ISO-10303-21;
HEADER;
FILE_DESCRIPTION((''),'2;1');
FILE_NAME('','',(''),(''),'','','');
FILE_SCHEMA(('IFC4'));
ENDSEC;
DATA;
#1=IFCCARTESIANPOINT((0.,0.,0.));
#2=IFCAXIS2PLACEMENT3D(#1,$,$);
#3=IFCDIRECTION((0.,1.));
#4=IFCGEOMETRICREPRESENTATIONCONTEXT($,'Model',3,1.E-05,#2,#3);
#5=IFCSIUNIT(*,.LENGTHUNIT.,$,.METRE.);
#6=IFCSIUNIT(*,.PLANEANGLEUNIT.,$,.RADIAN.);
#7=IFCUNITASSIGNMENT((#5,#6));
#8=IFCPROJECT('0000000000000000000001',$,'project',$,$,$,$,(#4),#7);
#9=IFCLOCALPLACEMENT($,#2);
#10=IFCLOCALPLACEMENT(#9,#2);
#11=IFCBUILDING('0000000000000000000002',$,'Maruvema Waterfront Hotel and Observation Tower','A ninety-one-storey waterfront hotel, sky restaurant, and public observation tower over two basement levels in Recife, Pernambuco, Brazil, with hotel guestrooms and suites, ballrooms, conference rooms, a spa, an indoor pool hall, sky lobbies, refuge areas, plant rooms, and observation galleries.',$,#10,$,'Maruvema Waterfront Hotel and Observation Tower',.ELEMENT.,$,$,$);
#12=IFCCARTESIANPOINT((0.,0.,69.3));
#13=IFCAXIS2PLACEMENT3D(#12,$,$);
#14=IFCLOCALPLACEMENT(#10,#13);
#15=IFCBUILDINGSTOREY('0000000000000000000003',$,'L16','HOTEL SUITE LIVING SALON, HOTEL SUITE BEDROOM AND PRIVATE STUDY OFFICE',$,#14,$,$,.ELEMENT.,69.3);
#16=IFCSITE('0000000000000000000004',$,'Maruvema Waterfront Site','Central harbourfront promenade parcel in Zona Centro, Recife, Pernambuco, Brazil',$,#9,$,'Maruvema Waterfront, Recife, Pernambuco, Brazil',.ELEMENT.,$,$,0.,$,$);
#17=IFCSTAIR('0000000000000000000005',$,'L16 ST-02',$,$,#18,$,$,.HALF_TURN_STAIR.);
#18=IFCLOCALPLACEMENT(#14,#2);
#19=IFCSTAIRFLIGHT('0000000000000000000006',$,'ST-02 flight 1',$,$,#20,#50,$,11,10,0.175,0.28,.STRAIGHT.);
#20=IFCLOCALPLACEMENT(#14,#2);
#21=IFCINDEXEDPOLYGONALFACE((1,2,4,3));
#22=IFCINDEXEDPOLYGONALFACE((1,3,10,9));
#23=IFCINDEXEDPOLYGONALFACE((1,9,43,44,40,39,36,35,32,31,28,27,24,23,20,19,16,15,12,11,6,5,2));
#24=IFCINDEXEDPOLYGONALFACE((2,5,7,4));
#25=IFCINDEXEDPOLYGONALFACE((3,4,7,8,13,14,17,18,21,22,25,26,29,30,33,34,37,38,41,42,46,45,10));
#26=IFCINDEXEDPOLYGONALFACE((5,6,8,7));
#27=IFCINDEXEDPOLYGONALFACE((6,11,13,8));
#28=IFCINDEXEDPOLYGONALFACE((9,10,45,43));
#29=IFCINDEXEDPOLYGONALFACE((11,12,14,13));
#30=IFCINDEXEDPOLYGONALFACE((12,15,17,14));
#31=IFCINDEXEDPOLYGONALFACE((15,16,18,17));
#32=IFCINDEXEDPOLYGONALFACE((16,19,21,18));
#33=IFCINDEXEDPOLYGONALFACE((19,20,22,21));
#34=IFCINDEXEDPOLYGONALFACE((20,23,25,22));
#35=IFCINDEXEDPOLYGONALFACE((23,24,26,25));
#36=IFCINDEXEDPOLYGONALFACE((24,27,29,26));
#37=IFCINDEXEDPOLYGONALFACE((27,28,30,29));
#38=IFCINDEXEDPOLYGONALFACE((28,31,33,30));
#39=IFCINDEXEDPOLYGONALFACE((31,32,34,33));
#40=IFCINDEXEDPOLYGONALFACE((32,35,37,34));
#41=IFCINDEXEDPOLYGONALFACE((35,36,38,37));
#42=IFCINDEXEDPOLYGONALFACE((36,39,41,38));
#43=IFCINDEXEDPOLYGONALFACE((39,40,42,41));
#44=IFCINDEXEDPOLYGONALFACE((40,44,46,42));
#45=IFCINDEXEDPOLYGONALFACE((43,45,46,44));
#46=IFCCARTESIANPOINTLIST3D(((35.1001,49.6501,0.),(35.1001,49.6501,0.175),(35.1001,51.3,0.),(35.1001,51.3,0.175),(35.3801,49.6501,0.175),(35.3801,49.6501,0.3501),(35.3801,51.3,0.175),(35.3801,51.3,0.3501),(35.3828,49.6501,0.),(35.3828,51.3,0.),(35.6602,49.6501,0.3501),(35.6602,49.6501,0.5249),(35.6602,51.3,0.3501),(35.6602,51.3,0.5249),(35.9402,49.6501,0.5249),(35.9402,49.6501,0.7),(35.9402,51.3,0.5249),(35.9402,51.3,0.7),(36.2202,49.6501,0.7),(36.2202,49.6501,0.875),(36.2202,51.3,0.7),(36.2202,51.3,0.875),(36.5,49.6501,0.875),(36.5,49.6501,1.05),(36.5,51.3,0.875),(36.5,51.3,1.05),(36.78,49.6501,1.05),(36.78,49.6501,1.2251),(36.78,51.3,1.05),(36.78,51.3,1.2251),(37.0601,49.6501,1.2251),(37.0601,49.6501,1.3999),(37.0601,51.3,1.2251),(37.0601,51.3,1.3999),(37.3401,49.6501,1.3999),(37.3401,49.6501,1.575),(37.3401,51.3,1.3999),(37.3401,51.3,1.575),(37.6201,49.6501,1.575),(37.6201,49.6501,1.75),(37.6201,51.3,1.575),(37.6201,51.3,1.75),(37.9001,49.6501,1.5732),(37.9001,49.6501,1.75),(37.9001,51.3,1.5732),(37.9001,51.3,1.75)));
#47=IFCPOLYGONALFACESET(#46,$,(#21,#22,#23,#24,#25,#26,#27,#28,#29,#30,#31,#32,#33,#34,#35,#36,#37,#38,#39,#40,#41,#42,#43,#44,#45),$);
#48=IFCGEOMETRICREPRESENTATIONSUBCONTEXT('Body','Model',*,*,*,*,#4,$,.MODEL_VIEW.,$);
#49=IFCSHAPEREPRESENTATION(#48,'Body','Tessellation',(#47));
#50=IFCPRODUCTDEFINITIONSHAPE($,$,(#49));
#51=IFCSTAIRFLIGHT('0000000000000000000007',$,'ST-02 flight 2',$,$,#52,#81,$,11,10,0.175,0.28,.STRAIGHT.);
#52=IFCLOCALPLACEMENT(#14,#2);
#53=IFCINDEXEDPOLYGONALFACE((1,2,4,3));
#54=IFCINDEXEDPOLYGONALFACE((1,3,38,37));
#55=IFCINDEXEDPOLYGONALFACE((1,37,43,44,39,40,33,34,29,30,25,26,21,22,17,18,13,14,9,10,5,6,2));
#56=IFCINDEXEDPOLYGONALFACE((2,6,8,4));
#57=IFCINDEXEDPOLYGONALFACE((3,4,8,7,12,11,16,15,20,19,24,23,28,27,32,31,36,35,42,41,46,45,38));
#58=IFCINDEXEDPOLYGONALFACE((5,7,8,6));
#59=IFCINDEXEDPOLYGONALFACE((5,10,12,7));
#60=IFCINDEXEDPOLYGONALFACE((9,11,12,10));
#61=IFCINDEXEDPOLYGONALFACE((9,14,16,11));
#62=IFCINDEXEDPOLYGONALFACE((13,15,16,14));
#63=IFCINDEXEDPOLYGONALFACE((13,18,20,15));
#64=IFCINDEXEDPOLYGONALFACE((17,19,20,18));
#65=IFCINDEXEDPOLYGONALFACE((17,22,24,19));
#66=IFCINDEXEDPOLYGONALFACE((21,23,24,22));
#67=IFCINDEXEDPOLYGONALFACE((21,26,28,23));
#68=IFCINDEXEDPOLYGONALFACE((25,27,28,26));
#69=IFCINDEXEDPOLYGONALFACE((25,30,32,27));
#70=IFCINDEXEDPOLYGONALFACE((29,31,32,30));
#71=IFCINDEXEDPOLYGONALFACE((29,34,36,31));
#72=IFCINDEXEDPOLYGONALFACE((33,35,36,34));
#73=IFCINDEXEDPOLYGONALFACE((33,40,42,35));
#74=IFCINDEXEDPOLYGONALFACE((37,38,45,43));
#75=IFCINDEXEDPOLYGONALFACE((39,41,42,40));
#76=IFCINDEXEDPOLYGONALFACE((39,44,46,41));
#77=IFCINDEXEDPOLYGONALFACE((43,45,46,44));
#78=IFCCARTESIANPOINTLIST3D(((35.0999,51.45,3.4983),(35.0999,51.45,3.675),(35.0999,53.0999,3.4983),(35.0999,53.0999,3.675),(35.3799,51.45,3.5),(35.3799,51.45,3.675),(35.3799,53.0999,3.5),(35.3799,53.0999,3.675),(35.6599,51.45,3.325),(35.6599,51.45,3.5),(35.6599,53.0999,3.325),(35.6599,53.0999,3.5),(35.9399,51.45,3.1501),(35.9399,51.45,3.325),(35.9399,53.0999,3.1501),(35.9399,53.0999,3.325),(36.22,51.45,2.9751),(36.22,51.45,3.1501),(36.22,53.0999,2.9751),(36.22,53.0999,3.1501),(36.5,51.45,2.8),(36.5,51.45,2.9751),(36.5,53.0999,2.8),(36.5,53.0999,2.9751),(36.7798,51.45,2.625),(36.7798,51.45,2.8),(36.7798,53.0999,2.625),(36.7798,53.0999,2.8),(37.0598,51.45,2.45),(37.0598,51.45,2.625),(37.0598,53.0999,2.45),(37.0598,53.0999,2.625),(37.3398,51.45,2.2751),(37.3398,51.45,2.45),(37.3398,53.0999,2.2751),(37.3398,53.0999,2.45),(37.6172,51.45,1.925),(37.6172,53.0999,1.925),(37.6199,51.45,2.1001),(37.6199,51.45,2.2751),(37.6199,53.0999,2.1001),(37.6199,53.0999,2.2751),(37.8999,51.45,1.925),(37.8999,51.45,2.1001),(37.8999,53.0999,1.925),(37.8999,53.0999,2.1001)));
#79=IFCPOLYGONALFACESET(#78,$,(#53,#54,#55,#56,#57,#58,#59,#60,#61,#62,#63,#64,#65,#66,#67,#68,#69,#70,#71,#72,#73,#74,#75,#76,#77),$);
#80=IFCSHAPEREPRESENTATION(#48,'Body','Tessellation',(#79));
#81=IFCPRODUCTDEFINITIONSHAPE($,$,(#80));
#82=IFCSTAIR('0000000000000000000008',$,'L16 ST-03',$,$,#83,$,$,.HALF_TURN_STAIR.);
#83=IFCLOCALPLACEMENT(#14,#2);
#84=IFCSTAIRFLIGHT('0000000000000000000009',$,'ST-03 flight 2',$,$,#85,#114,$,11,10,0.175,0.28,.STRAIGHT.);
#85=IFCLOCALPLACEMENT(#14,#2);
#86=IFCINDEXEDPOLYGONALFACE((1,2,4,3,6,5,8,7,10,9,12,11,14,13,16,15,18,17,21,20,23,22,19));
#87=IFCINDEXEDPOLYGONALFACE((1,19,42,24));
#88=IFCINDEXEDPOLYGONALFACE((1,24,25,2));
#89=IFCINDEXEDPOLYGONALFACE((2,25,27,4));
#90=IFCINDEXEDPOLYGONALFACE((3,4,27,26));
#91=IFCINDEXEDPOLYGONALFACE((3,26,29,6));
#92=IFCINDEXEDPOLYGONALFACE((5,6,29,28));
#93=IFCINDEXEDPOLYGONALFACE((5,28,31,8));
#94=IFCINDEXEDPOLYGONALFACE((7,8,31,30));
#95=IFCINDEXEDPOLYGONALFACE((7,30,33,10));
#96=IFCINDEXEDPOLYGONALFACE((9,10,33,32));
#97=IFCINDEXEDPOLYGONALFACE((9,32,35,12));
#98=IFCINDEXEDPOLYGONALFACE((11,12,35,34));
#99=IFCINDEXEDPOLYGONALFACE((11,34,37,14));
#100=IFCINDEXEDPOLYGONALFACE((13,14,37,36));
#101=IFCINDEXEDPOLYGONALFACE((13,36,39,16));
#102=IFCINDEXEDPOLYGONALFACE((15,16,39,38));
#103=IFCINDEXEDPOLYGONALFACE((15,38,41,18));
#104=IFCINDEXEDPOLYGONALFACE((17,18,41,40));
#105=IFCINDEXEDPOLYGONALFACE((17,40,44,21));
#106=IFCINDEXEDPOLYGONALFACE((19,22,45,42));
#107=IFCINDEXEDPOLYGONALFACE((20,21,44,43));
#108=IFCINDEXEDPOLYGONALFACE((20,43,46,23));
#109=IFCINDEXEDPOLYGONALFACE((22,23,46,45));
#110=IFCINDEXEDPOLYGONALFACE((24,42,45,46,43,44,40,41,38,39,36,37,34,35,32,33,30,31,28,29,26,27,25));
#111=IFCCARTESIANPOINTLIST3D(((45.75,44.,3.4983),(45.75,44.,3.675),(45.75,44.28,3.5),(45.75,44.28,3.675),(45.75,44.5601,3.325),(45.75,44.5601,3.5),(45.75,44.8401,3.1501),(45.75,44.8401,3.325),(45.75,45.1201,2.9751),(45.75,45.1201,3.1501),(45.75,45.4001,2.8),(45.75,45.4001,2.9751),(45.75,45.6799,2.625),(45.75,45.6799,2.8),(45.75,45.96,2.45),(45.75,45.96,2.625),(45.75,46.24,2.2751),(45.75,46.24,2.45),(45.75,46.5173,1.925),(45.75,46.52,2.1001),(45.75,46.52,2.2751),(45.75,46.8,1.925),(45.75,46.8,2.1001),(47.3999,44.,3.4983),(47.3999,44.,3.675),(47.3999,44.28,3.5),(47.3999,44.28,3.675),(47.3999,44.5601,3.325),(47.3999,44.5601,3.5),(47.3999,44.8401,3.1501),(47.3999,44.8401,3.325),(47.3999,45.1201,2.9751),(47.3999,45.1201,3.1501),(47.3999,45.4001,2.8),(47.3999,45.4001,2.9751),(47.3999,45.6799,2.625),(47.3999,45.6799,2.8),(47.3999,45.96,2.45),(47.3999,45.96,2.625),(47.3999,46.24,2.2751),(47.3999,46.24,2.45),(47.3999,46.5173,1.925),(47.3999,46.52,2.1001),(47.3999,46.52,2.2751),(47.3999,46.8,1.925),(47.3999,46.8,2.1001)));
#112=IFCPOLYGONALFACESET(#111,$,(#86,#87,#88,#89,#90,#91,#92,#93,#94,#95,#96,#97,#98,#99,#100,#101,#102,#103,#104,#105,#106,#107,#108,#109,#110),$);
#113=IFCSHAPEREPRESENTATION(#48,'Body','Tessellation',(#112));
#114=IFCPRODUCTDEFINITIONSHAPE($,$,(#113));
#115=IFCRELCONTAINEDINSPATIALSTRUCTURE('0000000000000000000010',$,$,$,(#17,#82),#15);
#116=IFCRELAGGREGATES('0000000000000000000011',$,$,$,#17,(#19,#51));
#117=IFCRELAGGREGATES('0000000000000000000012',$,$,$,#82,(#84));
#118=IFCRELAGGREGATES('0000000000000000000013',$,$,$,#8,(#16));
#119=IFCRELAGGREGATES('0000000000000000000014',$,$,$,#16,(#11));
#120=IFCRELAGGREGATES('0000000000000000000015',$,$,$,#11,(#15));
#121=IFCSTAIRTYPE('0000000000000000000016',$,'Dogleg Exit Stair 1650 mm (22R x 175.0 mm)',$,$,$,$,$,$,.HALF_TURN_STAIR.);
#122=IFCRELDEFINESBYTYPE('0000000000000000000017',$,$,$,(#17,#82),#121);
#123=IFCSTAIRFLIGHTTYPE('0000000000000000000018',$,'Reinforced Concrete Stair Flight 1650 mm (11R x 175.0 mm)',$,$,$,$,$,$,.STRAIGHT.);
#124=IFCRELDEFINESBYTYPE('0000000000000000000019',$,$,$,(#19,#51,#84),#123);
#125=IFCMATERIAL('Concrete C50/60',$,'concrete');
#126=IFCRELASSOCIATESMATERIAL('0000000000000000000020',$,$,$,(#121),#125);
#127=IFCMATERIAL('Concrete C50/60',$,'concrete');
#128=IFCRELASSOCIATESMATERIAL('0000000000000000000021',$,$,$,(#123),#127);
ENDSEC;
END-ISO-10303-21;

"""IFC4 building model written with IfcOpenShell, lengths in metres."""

from ifc_helpers import new_model, si_unit, direction, frame, origin, place, context, subcontext, project, spatial, polyline, outline, extrude, material, type_object, element, aggregate, save


model = new_model("IFC4")

# Units and contexts
model_context = context("Model", 3, precision=1e-05, world=origin(), true_north=direction((0.0, 1.0)))
body_context = subcontext(model_context, "Body", "Model", "MODEL_VIEW")
ifc_project = project(units=[si_unit("LENGTHUNIT", "METRE"), si_unit("PLANEANGLEUNIT", "RADIAN")], contexts=[model_context])

# Site, building, storey
site_placement = place(None, origin())
site = spatial("IfcSite", under=ifc_project, at=site_placement, Name="Maruvema Waterfront Site", Description="Central harbourfront promenade parcel in Zona Centro, Recife, Pernambuco, Brazil", LongName="Maruvema Waterfront, Recife, Pernambuco, Brazil", CompositionType="ELEMENT", RefElevation=0.0)
building_placement = place(site_placement, origin())
building = spatial("IfcBuilding", under=site, at=building_placement, Name="Maruvema Waterfront Hotel and Observation Tower", Description="A ninety-one-storey waterfront hotel, sky restaurant, and public observation tower over two basement levels in Recife, Pernambuco, Brazil, with hotel guestrooms and suites, ballrooms, conference rooms, a spa, an indoor pool hall, sky lobbies, refuge areas, plant rooms, and observation galleries.", LongName="Maruvema Waterfront Hotel and Observation Tower", CompositionType="ELEMENT")
storey_placement = place(building_placement, frame((0.0, 0.0, 69.3)))
storey = spatial("IfcBuildingStorey", under=building, at=storey_placement, Name="L16", Description="HOTEL SUITE LIVING SALON, HOTEL SUITE BEDROOM AND PRIVATE STUDY OFFICE", CompositionType="ELEMENT", Elevation=69.3)

# Stair, stair flights
ifc_material_1 = material(Name="Concrete C50/60", Category="concrete")
stair_type = type_object("IfcStairType", Name="Dogleg Exit Stair 1650 mm (22R x 175.0 mm)", PredefinedType="HALF_TURN_STAIR", material=ifc_material_1)
stair_1_placement = place(storey_placement, origin())
stair_1 = element("IfcStair", 1, at=stair_1_placement, inside=storey, type_object=stair_type, Name="L16 ST-02", PredefinedType="HALF_TURN_STAIR")
ifc_material_2 = material(Name="Concrete C50/60", Category="concrete")
stair_flight_type = type_object("IfcStairFlightType", Name="Reinforced Concrete Stair Flight 1650 mm (11R x 175.0 mm)", PredefinedType="STRAIGHT", material=ifc_material_2)
stair_flight_1_placement = place(storey_placement, frame((35.1001, 50.4751, 0.0), z_axis=(0.0, 0.0, 1.0), x_axis=(1.0, 0.0, 0.0)))
stair_flight_1 = element("IfcStairFlight", 2, at=stair_flight_1_placement, type_object=stair_flight_type, Name="ST-02 flight 1", NumberOfRisers=11, NumberOfTreads=10, PredefinedType="STRAIGHT", RiserHeight=0.175, TreadLength=0.28, context=body_context, shape_type="SweptSolid", body=[
    extrude(outline(polyline([(0.0, 0.0), (0.0, 0.175), (0.28, 0.175), (0.28, 0.3501), (0.5601, 0.3501), (0.5601, 0.5249), (0.8401, 0.5249), (0.8401, 0.7), (1.1201, 0.7), (1.1201, 0.875), (1.3999, 0.875), (1.3999, 1.05), (1.6799, 1.05), (1.6799, 1.2251), (1.96, 1.2251), (1.96, 1.3999), (2.24, 1.3999), (2.24, 1.575), (2.52, 1.575), (2.52, 1.75), (2.8, 1.75), (2.8, 1.925), (2.8, 1.5732), (0.2827, 0.0), (0.0, 0.0)])), frame((0.0, 0.825, 0.0), z_axis=(0.0, -1.0, 0.0), x_axis=(1.0, 0.0, 0.0)), (0.0, 0.0, 1.0), 1.6499),
])
stair_flight_2_placement = place(storey_placement, frame((37.8999, 52.2749, 1.925), z_axis=(0.0, 0.0, 1.0), x_axis=(-1.0, 0.0, 0.0)))
stair_flight_2 = element("IfcStairFlight", 3, at=stair_flight_2_placement, type_object=stair_flight_type, Name="ST-02 flight 2", NumberOfRisers=11, NumberOfTreads=10, PredefinedType="STRAIGHT", RiserHeight=0.175, TreadLength=0.28, context=body_context, shape_type="SweptSolid", body=[
    extrude(outline(polyline([(0.0, 0.0), (0.0, 0.175), (0.28, 0.175), (0.28, 0.3501), (0.5601, 0.3501), (0.5601, 0.5249), (0.8401, 0.5249), (0.8401, 0.7), (1.1201, 0.7), (1.1201, 0.875), (1.3999, 0.875), (1.3999, 1.05), (1.6799, 1.05), (1.6799, 1.2251), (1.96, 1.2251), (1.96, 1.3999), (2.24, 1.3999), (2.24, 1.575), (2.52, 1.575), (2.52, 1.75), (2.8, 1.75), (2.8, 1.925), (2.8, 1.5732), (0.2827, 0.0), (0.0, 0.0)])), frame((0.0, 0.825, 0.0), z_axis=(0.0, -1.0, 0.0), x_axis=(1.0, 0.0, 0.0)), (0.0, 0.0, 1.0), 1.6499),
])
aggregate(stair_1, [stair_flight_1, stair_flight_2])

# Stair, stair flight
stair_2_placement = place(storey_placement, origin())
stair_2 = element("IfcStair", 4, at=stair_2_placement, inside=storey, type_object=stair_type, Name="L16 ST-03", PredefinedType="HALF_TURN_STAIR")
stair_flight_3_placement = place(storey_placement, frame((46.575, 46.8, 1.925), z_axis=(0.0, 0.0, 1.0), x_axis=(0.0, -1.0, 0.0)))
stair_flight_3 = element("IfcStairFlight", 5, at=stair_flight_3_placement, type_object=stair_flight_type, Name="ST-03 flight 2", NumberOfRisers=11, NumberOfTreads=10, PredefinedType="STRAIGHT", RiserHeight=0.175, TreadLength=0.28, context=body_context, shape_type="SweptSolid", body=[
    extrude(outline(polyline([(0.0, 0.0), (0.0, 0.175), (0.28, 0.175), (0.28, 0.3501), (0.5601, 0.3501), (0.5601, 0.5249), (0.8401, 0.5249), (0.8401, 0.7), (1.1201, 0.7), (1.1201, 0.875), (1.3999, 0.875), (1.3999, 1.05), (1.6799, 1.05), (1.6799, 1.2251), (1.96, 1.2251), (1.96, 1.3999), (2.24, 1.3999), (2.24, 1.575), (2.52, 1.575), (2.52, 1.75), (2.8, 1.75), (2.8, 1.925), (2.8, 1.5732), (0.2827, 0.0), (0.0, 0.0)])), frame((0.0, 0.825, 0.0), z_axis=(0.0, -1.0, 0.0), x_axis=(1.0, 0.0, 0.0)), (0.0, 0.0, 1.0), 1.6499),
])
aggregate(stair_2, [stair_flight_3])

save(model, "model.ifc")
